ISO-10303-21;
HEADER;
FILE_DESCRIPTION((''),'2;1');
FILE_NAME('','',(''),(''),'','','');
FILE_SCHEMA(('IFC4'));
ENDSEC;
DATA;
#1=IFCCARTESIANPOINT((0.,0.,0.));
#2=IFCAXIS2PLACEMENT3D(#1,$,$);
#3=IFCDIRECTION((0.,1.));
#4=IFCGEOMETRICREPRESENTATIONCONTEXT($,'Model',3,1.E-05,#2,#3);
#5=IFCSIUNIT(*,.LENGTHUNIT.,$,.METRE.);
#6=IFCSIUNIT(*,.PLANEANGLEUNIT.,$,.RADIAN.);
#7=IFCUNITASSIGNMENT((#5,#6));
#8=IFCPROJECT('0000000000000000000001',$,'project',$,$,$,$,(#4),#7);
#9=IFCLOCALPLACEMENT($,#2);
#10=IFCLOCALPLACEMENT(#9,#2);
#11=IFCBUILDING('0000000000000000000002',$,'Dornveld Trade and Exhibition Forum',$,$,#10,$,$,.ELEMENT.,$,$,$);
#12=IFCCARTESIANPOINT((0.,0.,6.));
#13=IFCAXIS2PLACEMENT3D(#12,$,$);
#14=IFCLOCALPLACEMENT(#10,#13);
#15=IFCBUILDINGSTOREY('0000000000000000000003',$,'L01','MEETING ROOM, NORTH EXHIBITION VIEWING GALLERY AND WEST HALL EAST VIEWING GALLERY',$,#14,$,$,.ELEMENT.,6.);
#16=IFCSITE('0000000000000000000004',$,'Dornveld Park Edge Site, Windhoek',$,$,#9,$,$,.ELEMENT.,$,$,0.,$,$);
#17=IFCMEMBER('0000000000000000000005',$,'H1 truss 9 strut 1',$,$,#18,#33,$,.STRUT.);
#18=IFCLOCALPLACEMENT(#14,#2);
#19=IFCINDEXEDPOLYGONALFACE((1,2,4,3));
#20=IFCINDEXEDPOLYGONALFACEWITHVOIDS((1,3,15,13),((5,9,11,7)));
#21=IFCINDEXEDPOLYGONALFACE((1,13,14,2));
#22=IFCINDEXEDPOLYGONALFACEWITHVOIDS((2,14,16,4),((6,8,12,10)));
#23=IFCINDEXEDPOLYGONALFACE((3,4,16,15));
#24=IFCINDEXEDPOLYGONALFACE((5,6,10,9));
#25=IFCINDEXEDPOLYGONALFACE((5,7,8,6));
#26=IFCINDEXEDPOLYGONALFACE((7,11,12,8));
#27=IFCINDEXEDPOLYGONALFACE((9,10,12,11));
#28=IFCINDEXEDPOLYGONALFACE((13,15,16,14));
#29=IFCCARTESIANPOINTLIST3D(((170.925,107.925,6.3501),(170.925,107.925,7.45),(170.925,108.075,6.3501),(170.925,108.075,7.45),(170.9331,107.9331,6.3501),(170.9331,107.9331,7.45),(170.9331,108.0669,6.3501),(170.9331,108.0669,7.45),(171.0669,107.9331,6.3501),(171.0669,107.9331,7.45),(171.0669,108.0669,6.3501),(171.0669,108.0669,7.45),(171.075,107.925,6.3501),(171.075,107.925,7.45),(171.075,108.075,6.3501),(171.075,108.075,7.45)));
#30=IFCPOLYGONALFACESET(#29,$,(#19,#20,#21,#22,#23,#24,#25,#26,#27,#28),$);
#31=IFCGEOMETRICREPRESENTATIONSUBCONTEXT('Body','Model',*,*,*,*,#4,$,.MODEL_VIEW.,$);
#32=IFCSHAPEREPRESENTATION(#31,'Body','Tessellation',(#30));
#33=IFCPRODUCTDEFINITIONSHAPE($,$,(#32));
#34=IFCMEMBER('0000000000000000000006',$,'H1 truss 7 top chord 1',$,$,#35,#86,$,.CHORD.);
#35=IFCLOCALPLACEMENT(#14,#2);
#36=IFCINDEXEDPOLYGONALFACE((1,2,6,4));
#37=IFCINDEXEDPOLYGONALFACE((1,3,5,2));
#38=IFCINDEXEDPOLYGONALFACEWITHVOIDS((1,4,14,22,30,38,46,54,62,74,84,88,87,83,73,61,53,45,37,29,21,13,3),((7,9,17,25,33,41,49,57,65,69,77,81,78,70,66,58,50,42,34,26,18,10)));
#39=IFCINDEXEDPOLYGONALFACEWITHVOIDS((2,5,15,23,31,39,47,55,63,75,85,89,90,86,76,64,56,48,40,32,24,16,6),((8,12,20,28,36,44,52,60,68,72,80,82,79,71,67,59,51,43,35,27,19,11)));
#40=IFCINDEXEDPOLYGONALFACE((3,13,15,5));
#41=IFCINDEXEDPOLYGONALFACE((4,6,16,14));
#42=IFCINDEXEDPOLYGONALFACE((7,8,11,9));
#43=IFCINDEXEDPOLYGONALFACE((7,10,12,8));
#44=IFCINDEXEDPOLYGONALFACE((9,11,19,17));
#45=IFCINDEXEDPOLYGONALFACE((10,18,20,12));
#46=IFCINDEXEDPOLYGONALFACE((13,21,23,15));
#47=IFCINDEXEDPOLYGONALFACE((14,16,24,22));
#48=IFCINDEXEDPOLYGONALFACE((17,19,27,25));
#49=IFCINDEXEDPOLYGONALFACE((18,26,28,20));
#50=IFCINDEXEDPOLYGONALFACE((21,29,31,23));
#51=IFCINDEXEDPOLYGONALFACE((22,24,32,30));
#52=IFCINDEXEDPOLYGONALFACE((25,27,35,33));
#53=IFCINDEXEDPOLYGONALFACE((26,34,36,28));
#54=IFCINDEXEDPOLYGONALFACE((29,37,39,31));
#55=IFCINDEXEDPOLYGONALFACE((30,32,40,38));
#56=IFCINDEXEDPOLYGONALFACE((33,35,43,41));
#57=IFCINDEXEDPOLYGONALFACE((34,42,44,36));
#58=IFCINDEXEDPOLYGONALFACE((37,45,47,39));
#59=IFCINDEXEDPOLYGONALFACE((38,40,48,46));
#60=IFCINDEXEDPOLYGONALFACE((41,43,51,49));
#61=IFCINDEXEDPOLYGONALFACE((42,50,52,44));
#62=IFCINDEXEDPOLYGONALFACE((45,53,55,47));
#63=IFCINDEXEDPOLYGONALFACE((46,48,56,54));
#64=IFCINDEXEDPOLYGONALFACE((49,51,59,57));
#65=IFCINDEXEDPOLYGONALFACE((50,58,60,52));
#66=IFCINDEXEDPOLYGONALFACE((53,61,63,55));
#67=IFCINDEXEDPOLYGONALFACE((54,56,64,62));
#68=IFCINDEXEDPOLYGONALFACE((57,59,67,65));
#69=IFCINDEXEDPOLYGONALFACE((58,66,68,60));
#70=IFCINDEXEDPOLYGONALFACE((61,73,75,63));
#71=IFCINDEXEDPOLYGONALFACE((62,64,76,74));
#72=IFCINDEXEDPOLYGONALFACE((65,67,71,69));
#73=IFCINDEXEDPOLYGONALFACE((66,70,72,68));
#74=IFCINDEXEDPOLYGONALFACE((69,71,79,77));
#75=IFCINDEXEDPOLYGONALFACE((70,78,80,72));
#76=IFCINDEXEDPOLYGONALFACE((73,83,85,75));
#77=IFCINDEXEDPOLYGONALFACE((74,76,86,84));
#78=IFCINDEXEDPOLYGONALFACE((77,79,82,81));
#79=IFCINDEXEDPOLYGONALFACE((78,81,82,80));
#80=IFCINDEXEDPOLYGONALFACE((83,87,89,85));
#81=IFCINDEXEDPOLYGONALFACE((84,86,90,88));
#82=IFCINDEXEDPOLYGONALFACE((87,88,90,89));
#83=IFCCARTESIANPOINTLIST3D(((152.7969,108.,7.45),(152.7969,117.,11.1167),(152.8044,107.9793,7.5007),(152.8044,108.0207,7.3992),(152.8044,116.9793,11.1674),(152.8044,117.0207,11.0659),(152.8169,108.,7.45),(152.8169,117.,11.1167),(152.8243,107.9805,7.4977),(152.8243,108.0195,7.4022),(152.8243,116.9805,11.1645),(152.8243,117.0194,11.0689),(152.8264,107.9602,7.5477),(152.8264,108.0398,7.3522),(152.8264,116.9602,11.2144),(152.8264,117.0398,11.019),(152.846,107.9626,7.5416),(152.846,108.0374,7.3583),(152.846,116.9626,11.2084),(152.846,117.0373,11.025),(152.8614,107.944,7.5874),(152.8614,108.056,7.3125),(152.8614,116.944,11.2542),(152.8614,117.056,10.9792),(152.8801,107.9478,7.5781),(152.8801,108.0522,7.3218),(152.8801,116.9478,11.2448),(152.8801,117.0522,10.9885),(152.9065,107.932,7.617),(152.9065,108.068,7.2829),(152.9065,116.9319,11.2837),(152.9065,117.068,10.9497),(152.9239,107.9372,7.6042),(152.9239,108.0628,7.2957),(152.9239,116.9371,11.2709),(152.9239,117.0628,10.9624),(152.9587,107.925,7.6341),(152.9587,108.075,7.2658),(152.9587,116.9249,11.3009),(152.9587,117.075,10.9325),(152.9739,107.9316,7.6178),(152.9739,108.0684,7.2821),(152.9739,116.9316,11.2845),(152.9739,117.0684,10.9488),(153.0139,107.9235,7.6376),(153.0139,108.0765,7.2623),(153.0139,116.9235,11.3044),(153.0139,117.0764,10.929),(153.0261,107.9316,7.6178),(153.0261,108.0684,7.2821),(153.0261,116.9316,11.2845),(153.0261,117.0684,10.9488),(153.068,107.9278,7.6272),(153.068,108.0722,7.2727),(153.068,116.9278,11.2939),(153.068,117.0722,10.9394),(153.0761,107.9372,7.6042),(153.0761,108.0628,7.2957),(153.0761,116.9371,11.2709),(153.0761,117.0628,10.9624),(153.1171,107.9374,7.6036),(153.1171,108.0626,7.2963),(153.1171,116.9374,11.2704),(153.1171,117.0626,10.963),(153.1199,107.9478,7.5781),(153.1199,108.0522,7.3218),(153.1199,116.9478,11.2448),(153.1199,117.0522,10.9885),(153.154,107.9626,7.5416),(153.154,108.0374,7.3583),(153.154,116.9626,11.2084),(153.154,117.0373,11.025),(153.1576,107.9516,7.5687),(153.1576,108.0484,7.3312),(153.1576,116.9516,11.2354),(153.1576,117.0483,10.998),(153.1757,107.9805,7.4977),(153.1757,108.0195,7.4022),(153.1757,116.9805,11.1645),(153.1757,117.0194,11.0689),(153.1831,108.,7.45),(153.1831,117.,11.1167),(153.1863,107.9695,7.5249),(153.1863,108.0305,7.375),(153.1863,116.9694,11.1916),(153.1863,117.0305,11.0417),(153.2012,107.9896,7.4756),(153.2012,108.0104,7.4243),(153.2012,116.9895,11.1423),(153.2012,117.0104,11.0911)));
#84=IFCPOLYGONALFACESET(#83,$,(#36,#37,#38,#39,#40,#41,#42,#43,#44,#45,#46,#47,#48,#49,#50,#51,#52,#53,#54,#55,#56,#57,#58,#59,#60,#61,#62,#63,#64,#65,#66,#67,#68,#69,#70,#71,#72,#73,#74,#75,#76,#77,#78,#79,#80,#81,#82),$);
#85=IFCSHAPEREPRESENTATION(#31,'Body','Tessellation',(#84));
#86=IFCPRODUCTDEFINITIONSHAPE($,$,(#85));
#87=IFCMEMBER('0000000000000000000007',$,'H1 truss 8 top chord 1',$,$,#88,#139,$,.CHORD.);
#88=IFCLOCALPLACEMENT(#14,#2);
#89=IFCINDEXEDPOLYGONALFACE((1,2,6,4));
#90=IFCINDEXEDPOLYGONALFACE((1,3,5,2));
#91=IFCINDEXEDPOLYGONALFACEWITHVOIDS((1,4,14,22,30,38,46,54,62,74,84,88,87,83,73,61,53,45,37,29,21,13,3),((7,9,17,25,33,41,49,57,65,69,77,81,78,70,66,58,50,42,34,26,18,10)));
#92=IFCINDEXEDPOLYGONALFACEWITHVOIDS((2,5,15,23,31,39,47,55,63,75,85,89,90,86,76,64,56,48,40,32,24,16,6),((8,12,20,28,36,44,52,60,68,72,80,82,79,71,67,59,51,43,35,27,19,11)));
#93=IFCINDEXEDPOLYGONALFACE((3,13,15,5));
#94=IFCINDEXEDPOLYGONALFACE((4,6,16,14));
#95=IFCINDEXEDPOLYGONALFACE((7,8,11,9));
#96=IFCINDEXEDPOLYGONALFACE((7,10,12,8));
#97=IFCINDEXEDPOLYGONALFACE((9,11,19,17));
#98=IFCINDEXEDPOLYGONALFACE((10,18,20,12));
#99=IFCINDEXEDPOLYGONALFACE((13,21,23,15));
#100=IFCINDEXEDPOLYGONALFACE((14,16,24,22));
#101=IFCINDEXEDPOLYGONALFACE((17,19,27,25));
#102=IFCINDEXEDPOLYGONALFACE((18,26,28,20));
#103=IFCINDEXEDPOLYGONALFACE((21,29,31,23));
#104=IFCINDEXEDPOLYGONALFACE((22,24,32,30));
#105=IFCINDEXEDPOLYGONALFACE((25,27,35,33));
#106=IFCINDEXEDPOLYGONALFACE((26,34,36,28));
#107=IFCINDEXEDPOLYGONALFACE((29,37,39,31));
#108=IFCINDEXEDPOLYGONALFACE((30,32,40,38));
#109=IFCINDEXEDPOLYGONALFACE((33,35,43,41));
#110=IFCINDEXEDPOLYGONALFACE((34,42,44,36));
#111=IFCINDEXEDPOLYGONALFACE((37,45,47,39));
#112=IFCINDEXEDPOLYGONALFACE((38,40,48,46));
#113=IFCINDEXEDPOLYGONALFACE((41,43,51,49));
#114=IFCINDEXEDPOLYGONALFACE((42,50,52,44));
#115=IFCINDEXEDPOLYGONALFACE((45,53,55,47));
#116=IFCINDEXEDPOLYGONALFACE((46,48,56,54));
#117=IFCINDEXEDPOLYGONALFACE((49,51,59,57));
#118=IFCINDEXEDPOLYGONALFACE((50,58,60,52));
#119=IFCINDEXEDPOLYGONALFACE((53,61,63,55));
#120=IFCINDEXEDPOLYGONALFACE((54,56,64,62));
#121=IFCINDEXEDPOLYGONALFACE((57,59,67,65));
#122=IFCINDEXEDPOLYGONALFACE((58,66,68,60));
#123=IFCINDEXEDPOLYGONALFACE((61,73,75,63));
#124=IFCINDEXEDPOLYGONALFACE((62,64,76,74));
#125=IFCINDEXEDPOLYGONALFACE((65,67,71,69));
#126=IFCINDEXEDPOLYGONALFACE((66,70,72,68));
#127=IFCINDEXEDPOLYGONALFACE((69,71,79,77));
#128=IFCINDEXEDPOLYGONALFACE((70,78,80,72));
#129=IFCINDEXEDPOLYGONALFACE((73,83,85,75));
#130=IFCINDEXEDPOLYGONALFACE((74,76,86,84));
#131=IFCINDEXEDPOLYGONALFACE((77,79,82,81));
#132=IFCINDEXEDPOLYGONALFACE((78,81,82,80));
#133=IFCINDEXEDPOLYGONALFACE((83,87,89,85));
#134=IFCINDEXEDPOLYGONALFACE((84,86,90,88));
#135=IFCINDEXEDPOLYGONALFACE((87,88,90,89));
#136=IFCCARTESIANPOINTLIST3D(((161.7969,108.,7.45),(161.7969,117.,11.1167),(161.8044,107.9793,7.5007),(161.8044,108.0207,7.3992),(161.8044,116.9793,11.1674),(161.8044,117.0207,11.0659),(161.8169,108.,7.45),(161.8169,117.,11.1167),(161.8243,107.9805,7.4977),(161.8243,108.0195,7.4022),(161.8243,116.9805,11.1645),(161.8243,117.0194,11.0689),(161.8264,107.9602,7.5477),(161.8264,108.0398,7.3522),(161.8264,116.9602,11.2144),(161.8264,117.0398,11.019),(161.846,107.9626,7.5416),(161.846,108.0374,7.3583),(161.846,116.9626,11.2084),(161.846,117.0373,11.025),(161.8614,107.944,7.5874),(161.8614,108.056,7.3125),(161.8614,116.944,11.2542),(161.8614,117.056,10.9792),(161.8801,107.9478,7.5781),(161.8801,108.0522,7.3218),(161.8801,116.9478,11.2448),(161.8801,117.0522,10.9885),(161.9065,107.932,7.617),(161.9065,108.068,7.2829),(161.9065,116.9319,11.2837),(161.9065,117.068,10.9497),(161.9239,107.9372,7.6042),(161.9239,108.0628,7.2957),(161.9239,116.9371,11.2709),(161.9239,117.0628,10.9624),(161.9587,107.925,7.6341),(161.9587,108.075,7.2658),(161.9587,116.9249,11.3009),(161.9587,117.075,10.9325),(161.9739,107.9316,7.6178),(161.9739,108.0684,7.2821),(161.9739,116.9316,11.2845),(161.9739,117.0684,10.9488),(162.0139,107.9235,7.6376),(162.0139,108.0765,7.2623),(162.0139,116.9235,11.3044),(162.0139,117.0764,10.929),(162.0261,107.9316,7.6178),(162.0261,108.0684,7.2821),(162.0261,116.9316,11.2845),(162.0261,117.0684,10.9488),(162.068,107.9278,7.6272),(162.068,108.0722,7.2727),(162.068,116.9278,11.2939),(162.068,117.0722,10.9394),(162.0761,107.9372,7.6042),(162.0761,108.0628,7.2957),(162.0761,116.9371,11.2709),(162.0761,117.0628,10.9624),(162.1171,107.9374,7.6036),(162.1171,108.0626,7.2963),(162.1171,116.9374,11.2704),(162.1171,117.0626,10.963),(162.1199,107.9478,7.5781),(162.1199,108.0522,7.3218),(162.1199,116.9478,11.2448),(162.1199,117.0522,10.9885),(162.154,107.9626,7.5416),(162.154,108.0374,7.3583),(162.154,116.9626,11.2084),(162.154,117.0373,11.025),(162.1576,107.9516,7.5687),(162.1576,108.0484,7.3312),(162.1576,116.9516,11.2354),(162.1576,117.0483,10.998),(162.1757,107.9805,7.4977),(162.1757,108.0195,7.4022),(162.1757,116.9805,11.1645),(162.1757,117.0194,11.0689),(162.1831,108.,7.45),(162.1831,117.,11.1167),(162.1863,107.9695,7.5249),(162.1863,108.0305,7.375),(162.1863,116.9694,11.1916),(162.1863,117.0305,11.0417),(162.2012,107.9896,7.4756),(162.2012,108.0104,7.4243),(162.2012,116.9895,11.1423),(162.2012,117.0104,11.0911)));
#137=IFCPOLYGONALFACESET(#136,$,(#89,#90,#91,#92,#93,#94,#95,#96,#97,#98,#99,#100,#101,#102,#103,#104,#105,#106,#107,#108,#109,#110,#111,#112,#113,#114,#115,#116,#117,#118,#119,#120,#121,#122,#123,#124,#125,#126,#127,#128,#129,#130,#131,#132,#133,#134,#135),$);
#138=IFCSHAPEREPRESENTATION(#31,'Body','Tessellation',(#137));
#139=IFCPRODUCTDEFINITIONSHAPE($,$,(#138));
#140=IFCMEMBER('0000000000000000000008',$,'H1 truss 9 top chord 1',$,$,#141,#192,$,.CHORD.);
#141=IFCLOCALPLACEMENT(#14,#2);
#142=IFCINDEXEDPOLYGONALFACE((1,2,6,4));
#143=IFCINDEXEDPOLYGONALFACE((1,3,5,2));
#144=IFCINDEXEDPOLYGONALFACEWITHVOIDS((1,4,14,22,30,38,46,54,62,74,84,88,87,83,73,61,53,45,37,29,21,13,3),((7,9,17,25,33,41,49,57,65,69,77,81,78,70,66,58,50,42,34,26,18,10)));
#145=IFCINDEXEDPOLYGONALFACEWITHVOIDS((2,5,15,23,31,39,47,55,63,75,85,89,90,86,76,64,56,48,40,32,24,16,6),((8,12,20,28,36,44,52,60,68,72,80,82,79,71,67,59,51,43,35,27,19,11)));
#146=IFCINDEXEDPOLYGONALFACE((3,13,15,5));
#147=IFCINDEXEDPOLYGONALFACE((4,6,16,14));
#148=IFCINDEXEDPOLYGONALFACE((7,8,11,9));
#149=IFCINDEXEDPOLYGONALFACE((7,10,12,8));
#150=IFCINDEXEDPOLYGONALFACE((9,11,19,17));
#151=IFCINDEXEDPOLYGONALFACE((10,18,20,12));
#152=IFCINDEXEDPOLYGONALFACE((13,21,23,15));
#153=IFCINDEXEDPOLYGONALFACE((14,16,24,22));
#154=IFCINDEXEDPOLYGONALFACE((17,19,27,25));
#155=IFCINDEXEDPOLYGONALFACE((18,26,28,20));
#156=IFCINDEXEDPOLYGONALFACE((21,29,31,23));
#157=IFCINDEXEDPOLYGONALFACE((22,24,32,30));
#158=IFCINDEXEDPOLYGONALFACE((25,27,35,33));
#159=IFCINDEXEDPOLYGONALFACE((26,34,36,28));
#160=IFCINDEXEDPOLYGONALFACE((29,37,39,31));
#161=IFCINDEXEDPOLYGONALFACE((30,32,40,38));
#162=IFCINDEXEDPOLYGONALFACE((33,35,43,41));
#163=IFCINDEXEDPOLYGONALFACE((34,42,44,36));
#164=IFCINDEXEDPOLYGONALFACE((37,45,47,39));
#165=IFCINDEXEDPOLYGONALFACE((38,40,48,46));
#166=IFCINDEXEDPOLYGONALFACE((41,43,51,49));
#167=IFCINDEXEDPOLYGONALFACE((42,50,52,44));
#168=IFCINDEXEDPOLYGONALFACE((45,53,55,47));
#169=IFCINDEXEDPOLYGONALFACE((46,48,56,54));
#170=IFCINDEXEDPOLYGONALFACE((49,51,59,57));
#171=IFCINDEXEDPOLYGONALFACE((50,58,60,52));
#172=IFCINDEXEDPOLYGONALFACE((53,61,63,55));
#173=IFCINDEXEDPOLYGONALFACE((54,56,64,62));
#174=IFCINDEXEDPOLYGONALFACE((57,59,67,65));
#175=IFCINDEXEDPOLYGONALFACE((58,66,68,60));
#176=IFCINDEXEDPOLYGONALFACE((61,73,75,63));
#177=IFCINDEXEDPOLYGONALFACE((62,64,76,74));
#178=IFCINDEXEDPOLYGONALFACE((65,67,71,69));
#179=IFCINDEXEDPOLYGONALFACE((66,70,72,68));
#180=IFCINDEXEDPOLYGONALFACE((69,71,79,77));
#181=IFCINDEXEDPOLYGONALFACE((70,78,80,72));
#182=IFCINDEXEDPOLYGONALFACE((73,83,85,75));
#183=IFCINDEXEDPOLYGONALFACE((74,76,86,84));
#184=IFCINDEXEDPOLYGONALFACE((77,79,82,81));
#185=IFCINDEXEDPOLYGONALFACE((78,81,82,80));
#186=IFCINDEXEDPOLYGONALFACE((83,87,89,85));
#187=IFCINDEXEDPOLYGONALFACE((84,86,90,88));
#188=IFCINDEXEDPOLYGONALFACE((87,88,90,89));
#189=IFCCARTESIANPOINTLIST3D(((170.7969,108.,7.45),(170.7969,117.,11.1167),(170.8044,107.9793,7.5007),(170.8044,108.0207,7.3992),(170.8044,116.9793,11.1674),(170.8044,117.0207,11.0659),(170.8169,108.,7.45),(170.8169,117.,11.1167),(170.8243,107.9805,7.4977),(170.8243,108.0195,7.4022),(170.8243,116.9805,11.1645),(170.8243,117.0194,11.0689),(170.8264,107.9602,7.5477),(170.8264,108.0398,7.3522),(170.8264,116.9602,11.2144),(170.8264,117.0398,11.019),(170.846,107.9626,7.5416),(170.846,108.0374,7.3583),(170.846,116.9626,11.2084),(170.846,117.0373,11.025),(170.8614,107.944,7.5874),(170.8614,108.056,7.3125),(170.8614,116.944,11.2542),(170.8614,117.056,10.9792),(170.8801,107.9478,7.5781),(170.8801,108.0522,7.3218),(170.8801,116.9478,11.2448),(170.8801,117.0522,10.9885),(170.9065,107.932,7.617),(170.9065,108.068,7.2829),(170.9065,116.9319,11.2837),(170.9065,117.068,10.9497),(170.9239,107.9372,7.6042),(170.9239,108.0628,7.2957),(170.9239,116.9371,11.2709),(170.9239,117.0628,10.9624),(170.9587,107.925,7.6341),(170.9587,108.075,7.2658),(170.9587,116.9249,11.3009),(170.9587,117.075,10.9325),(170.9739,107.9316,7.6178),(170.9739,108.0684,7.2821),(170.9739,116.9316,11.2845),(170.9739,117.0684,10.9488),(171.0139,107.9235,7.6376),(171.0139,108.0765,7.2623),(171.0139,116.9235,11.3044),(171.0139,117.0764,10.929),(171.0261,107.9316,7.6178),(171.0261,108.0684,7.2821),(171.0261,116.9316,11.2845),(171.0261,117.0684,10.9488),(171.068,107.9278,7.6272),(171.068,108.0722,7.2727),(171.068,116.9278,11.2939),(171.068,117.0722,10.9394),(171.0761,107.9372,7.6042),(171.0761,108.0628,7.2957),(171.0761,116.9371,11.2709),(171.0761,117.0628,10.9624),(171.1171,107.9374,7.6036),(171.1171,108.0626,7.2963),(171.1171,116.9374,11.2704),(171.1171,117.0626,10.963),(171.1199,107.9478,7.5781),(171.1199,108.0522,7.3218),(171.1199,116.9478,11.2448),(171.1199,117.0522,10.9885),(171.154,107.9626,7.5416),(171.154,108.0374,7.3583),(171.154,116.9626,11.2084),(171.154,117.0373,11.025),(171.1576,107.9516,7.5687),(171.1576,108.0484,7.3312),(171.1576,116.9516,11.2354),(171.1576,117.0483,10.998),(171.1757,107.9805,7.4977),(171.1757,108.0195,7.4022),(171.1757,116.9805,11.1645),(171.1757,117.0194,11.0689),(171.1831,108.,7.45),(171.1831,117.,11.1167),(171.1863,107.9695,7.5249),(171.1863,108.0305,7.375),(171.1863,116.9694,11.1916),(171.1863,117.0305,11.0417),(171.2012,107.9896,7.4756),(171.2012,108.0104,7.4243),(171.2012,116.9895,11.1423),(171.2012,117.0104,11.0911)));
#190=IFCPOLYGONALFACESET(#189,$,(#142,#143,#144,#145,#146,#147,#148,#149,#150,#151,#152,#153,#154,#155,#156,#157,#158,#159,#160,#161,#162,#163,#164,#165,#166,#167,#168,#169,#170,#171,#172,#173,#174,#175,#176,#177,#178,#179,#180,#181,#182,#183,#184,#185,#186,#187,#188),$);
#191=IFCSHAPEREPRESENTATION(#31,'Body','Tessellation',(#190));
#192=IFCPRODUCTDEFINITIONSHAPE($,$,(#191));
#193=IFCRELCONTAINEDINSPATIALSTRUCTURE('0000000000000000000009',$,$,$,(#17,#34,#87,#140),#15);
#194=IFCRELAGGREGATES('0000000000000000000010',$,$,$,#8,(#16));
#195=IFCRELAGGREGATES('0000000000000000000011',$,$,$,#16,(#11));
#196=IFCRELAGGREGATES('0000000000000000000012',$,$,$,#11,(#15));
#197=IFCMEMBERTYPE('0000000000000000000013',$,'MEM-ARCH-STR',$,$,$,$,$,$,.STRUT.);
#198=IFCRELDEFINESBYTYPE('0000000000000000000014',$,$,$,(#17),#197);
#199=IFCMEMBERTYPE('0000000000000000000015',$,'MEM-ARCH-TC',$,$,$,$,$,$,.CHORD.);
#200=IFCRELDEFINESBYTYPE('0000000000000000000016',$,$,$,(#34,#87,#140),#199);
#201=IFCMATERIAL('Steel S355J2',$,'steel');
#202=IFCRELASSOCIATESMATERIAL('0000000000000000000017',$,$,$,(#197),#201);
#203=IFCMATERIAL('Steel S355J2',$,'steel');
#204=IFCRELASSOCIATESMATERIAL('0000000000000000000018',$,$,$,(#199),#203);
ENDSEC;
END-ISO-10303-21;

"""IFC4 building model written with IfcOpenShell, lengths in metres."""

from ifc_helpers import new_model, si_unit, direction, frame, origin, origin_2d, place, context, subcontext, project, spatial, hollow_rectangle, hollow_circle, extrude, material, material_profile, profile_set, type_object, element, save


model = new_model("IFC4")

# Units and contexts
model_context = context("Model", 3, precision=1e-05, world=origin(), true_north=direction((0.0, 1.0)))
body_context = subcontext(model_context, "Body", "Model", "MODEL_VIEW")
ifc_project = project(units=[si_unit("LENGTHUNIT", "METRE"), si_unit("PLANEANGLEUNIT", "RADIAN")], contexts=[model_context])

# Site, building, storey
site_placement = place(None, origin())
site = spatial("IfcSite", under=ifc_project, at=site_placement, Name="Dornveld Park Edge Site, Windhoek", CompositionType="ELEMENT", RefElevation=0.0)
building_placement = place(site_placement, origin())
building = spatial("IfcBuilding", under=site, at=building_placement, Name="Dornveld Trade and Exhibition Forum", CompositionType="ELEMENT")
storey_placement = place(building_placement, frame((0.0, 0.0, 6.0)))
storey = spatial("IfcBuildingStorey", under=building, at=storey_placement, Name="L01", Description="MEETING ROOM, NORTH EXHIBITION VIEWING GALLERY AND WEST HALL EAST VIEWING GALLERY", CompositionType="ELEMENT", Elevation=6.0)

# Members
ifc_material_1 = material(Name="Steel S355J2", Category="steel")
ifc_material_profile_1 = material_profile(ifc_material_1, hollow_rectangle(XDim=0.1499, YDim=0.1499, WallThickness=0.0081, at=origin_2d()), Name="SHS 150x150x8")
ifc_profile_set_1 = profile_set([ifc_material_profile_1], Name="Steel S355J2")
member_type_1 = type_object("IfcMemberType", Name="MEM-ARCH-STR", PredefinedType="STRUT", material=ifc_profile_set_1)
for number, where, z_axis, x_axis, name in (
    (1, (171.0, 108.0, 6.3501), (0.0, 0.0, 1.0), (1.0, 0.0, 0.0), "H1 truss 9 strut 1"),
):
    element("IfcMember", number, at=place(storey_placement, frame(where, z_axis=z_axis, x_axis=x_axis)), inside=storey, type_object=member_type_1, Name=name, PredefinedType="STRUT", context=body_context, shape_type="SweptSolid", body=[
        extrude(hollow_rectangle(XDim=0.1499, YDim=0.1499, WallThickness=0.0081, at=origin_2d()), origin(), (0.0, 0.0, 1.0), 1.0999),
    ])
ifc_material_2 = material(Name="Steel S355J2", Category="steel")
ifc_material_profile_2 = material_profile(ifc_material_2, hollow_circle(Radius=0.2031, WallThickness=0.02, at=origin_2d()), Name="CHS 406.4x20")
ifc_profile_set_2 = profile_set([ifc_material_profile_2], Name="Steel S355J2")
member_type_2 = type_object("IfcMemberType", Name="MEM-ARCH-TC", PredefinedType="CHORD", material=ifc_profile_set_2)
for number, where, z_axis, x_axis, name in (
    (2, (153.0, 108.0, 7.45), (0.0, 0.926089, 0.377304), (-1.0, 0.0, 0.0), "H1 truss 7 top chord 1"),
    (3, (162.0, 108.0, 7.45), (0.0, 0.926089, 0.377304), (-1.0, 0.0, 0.0), "H1 truss 8 top chord 1"),
    (4, (171.0, 108.0, 7.45), (0.0, 0.926089, 0.377304), (-1.0, 0.0, 0.0), "H1 truss 9 top chord 1"),
):
    element("IfcMember", number, at=place(storey_placement, frame(where, z_axis=z_axis, x_axis=x_axis)), inside=storey, type_object=member_type_2, Name=name, PredefinedType="CHORD", context=body_context, shape_type="SweptSolid", body=[
        extrude(hollow_circle(Radius=0.2031, WallThickness=0.02, at=origin_2d()), origin(), (0.0, 0.0, 1.0), 9.7183),
    ])

save(model, "model.ifc")
